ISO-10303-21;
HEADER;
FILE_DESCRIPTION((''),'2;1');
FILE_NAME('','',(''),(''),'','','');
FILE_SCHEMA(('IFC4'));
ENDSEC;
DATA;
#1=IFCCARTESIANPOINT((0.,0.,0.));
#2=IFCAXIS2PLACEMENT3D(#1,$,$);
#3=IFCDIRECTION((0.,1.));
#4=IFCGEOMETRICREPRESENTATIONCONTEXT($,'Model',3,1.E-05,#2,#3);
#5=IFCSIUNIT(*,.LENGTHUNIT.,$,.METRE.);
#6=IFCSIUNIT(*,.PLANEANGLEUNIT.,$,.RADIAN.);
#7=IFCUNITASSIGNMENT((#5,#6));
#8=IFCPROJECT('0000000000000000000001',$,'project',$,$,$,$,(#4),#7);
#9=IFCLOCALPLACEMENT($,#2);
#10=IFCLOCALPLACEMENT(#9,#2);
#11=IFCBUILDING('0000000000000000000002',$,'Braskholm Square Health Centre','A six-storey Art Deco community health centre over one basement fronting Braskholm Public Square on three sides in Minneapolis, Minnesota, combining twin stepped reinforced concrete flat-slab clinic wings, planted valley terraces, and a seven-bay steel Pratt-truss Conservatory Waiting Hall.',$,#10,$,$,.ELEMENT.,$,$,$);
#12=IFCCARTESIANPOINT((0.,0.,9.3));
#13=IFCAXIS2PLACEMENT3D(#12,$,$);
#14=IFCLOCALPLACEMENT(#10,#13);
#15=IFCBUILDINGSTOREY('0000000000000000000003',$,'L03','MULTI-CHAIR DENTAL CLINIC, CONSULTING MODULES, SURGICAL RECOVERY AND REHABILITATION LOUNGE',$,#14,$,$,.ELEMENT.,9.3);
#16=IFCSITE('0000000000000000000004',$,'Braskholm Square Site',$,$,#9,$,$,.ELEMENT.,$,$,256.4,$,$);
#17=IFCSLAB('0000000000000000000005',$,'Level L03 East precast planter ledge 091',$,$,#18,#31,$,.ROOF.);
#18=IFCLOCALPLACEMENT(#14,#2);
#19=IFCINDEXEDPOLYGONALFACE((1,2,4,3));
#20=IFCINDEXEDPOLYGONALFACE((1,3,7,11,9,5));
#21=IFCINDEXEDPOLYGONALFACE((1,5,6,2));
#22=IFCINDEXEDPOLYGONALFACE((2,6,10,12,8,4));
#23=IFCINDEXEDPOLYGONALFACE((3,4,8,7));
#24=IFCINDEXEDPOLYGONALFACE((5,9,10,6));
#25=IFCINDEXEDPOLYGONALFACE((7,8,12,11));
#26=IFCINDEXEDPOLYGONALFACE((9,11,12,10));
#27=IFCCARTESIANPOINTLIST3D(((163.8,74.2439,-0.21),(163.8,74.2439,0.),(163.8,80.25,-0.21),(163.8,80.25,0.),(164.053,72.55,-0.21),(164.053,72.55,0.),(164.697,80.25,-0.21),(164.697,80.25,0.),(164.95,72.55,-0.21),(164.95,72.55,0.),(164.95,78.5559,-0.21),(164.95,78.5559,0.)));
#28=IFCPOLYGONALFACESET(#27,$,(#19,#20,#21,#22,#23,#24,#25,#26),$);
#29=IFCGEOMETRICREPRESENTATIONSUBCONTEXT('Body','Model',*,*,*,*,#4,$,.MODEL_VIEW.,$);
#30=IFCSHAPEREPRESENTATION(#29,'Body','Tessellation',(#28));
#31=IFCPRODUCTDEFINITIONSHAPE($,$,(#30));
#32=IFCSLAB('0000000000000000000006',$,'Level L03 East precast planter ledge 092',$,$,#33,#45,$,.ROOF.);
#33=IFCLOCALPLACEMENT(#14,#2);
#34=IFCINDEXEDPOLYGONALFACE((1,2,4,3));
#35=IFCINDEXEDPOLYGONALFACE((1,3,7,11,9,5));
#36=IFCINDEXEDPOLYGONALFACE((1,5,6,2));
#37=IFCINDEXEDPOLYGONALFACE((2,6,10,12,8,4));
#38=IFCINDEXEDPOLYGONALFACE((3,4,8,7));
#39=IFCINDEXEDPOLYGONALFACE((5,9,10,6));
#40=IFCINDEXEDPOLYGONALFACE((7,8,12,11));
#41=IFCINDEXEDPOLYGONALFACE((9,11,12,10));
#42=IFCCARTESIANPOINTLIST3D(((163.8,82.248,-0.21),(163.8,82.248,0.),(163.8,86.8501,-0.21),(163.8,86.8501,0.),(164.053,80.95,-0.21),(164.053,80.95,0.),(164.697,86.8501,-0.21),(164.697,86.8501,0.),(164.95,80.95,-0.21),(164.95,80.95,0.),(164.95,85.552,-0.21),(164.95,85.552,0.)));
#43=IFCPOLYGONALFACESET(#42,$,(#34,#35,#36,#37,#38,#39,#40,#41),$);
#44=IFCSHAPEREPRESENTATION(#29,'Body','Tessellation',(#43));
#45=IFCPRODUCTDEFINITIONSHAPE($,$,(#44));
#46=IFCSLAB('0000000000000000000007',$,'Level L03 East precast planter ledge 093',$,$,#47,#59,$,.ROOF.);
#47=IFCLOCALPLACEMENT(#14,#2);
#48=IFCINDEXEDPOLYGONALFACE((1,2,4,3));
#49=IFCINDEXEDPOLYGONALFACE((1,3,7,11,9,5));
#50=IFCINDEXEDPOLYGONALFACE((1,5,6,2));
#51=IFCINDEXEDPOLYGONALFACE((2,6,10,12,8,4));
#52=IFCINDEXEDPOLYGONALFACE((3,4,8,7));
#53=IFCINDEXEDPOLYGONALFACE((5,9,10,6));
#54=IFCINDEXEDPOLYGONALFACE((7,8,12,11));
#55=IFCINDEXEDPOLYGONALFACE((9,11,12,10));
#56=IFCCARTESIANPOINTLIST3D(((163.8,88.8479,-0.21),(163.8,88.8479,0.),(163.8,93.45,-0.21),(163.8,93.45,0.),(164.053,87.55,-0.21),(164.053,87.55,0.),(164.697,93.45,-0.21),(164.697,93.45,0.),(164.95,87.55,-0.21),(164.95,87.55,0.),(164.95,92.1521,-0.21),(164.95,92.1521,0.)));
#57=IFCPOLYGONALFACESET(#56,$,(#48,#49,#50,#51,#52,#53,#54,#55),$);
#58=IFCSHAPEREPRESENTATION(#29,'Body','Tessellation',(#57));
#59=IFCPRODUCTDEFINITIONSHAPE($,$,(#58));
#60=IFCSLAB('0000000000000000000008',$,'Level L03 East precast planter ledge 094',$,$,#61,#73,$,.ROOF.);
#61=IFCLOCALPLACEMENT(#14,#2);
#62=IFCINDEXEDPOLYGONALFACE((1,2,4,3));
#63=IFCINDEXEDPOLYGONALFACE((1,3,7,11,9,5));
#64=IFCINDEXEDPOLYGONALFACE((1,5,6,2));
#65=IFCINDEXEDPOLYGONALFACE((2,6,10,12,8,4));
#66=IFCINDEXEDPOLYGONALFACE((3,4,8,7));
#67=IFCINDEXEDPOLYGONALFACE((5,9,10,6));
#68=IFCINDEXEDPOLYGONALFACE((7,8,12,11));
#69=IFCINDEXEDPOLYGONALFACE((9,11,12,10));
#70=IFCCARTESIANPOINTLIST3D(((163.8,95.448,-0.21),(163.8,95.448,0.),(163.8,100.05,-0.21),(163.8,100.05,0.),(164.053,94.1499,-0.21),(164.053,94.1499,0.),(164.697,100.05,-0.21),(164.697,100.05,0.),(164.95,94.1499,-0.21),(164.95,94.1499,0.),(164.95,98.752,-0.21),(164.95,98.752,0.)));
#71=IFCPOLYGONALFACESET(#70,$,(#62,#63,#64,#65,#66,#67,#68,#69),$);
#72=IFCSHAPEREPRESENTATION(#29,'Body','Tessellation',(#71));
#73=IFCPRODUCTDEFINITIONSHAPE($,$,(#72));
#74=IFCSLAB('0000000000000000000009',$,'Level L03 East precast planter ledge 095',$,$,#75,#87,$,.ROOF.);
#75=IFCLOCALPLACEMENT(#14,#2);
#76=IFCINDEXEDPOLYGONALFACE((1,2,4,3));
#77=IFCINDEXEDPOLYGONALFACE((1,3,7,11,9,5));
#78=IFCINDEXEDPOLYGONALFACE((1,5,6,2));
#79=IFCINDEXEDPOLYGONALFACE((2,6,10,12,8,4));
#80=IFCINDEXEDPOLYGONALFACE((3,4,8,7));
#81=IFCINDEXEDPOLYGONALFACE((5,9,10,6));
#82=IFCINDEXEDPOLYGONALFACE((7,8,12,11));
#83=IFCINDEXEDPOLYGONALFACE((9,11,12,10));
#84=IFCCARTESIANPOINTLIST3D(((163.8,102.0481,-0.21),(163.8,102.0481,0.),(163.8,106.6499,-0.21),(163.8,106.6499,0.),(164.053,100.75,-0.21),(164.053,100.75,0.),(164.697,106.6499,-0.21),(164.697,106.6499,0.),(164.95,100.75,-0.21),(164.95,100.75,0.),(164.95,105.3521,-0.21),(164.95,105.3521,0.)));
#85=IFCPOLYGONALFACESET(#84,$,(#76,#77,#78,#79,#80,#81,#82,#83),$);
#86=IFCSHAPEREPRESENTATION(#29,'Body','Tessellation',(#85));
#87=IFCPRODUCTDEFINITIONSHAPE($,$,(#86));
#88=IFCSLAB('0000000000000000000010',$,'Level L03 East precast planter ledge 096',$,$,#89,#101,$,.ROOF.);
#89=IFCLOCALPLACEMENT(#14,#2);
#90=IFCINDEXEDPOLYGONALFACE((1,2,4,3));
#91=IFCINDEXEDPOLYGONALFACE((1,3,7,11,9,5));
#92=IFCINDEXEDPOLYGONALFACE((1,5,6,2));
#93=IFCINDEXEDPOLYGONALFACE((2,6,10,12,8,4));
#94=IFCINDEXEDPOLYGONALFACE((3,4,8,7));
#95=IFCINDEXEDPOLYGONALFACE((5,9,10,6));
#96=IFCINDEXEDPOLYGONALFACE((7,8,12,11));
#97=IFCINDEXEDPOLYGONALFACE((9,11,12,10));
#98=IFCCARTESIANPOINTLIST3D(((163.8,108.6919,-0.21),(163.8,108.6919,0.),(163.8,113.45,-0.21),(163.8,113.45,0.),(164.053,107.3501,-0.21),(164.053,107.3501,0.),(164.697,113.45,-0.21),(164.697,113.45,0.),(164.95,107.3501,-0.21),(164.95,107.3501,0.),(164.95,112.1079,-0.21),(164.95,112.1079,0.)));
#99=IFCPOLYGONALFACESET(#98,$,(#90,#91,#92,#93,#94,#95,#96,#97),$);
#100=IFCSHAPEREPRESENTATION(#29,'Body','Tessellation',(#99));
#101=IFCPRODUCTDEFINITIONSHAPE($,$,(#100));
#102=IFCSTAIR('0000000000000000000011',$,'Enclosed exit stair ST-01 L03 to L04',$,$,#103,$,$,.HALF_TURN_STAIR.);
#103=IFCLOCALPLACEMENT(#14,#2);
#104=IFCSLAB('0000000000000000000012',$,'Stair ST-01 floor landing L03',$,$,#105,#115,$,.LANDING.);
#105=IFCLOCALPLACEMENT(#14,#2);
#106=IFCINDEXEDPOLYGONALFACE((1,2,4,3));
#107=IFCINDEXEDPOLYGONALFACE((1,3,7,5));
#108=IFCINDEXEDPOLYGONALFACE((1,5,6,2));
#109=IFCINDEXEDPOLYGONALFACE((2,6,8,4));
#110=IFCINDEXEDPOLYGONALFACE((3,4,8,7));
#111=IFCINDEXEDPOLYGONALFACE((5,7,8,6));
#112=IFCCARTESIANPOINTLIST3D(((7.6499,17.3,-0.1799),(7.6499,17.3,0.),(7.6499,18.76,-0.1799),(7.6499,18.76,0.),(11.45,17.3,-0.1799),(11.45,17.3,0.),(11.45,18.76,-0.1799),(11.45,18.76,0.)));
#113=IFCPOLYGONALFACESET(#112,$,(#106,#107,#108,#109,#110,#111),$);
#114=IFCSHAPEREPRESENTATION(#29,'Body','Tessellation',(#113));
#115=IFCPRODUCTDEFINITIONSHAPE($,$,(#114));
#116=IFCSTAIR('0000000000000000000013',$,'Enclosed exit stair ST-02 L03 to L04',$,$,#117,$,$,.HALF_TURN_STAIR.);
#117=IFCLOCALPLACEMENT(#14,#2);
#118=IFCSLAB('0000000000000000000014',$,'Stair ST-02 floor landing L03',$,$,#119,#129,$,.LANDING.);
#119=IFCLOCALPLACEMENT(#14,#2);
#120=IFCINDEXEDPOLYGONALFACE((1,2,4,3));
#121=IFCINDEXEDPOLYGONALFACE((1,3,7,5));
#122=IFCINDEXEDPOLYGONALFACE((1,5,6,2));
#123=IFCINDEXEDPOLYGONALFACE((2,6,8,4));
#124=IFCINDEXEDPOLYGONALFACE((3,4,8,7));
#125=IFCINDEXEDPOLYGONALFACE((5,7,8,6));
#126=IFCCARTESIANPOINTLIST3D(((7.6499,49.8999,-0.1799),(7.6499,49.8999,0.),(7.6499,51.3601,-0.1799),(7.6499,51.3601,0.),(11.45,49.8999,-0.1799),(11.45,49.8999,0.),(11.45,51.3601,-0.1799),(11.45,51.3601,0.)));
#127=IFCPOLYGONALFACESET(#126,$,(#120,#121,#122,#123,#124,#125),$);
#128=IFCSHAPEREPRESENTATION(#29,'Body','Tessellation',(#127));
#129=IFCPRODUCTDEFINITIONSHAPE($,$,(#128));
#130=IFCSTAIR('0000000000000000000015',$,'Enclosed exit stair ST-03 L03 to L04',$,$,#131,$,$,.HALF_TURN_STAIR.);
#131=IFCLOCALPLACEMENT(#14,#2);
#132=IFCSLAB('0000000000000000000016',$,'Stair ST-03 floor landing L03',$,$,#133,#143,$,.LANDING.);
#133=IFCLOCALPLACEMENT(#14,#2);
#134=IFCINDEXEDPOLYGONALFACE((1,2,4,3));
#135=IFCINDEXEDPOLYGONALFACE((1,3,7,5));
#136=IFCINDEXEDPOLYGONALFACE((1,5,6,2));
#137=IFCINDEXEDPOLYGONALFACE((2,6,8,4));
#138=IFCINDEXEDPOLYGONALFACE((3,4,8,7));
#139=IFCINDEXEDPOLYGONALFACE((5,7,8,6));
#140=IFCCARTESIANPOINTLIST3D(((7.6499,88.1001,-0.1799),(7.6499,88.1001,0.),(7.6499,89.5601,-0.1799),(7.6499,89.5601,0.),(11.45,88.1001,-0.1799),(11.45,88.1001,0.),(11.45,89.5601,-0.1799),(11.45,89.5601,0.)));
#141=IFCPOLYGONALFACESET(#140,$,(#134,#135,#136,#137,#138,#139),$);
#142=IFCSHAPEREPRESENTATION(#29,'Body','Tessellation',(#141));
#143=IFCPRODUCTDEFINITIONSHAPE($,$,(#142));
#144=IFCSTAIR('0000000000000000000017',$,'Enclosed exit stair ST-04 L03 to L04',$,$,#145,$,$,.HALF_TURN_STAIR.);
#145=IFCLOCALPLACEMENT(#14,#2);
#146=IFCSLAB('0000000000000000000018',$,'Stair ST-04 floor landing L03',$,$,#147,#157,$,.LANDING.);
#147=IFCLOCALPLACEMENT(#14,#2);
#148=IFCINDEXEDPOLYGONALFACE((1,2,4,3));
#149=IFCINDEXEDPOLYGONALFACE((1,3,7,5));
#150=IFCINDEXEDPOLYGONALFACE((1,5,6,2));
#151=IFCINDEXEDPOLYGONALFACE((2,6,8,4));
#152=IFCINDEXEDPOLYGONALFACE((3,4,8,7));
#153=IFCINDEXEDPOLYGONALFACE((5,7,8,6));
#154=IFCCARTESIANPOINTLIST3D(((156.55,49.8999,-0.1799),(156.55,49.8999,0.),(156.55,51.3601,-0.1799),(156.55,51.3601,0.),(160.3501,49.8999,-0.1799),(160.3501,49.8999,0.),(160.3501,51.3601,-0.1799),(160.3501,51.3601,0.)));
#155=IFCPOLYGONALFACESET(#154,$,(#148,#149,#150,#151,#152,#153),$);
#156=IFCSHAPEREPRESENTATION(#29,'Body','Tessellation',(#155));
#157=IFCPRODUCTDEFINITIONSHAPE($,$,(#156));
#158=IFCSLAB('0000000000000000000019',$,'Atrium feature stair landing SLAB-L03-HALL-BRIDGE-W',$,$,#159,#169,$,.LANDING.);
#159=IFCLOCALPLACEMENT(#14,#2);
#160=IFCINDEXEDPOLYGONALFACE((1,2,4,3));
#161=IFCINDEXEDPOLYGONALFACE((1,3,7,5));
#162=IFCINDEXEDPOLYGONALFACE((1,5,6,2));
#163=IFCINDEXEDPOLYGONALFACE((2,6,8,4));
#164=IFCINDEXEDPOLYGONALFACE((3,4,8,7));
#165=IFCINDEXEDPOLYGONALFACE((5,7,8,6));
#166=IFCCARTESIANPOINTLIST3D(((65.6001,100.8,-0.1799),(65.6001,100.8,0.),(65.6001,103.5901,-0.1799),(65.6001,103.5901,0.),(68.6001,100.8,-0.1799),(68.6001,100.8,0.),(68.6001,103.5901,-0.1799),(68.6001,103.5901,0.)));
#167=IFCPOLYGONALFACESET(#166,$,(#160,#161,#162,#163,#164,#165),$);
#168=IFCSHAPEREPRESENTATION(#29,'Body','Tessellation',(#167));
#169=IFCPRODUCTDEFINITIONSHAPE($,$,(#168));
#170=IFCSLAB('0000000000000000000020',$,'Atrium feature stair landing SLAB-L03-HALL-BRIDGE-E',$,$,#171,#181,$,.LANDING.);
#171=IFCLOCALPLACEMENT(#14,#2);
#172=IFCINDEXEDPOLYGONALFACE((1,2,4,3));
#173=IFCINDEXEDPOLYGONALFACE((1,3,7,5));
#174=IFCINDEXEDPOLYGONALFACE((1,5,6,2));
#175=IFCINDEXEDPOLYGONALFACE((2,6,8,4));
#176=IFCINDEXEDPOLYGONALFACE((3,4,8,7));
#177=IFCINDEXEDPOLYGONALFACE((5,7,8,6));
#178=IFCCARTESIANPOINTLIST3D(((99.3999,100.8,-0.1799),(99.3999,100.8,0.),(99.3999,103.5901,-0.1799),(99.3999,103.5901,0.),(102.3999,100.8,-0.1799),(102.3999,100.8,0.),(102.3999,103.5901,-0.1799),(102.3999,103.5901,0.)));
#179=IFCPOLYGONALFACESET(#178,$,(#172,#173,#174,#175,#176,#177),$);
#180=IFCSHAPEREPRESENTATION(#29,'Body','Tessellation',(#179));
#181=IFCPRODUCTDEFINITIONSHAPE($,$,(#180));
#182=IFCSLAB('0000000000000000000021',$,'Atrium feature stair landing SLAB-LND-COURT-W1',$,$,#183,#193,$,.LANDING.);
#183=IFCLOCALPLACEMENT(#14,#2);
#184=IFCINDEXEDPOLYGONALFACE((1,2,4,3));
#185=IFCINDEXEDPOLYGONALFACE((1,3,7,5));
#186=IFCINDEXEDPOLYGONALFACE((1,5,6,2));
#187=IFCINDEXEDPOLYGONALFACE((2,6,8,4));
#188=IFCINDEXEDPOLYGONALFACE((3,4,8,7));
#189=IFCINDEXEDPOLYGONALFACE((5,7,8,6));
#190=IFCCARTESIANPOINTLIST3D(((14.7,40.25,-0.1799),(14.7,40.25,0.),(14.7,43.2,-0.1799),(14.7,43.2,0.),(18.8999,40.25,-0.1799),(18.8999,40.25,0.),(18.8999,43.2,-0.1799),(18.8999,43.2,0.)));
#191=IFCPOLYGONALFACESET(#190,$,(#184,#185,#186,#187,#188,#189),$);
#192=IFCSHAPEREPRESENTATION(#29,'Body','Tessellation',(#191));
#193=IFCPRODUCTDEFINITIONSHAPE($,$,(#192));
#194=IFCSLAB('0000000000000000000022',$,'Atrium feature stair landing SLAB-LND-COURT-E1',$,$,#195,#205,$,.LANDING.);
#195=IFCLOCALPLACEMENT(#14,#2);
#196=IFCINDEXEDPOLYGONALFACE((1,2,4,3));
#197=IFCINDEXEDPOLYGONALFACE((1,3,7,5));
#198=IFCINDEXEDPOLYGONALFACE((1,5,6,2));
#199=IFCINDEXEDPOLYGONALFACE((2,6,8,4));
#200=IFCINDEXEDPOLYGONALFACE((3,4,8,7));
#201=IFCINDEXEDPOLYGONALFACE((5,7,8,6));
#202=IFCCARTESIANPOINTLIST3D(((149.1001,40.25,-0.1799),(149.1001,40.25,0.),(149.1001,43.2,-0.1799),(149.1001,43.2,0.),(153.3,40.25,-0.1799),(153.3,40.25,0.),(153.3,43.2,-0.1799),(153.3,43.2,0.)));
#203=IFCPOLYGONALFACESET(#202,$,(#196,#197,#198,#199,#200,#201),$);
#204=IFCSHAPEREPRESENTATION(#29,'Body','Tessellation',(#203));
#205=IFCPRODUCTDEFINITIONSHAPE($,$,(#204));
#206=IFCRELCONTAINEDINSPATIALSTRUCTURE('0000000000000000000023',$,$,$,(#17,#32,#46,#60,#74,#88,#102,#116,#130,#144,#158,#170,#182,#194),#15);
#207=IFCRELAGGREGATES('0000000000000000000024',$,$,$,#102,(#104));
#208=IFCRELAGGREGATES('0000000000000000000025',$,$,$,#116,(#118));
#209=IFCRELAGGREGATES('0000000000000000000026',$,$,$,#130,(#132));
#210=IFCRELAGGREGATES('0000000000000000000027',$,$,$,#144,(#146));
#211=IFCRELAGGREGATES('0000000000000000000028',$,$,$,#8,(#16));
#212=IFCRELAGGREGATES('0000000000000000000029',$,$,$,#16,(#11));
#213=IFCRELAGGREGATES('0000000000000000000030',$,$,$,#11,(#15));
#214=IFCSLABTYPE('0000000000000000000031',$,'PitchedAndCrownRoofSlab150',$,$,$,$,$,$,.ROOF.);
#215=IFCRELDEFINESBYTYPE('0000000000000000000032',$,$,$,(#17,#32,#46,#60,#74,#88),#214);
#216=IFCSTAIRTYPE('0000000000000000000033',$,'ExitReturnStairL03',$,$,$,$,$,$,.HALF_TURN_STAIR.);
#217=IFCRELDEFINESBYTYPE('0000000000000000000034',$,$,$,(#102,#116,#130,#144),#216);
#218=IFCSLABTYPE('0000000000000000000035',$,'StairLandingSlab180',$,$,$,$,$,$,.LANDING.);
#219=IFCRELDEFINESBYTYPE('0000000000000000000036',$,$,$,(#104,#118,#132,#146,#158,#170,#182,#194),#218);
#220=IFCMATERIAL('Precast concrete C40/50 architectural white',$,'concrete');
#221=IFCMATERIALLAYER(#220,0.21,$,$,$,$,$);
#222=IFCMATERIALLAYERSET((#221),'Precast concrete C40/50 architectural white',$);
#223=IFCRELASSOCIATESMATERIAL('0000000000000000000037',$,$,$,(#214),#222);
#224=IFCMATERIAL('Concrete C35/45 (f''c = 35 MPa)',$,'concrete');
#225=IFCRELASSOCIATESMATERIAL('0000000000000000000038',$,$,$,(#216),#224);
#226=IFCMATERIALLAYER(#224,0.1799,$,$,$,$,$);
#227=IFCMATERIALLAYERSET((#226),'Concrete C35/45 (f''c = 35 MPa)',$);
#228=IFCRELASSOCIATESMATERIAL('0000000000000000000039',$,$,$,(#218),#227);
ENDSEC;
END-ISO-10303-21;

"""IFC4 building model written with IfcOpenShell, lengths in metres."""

from ifc_helpers import new_model, si_unit, direction, frame, origin, place, context, subcontext, project, spatial, polyline, outline, extrude, material, layer, layer_set, type_object, element, aggregate, save


model = new_model("IFC4")

# Units and contexts
model_context = context("Model", 3, precision=1e-05, world=origin(), true_north=direction((0.0, 1.0)))
body_context = subcontext(model_context, "Body", "Model", "MODEL_VIEW")
ifc_project = project(units=[si_unit("LENGTHUNIT", "METRE"), si_unit("PLANEANGLEUNIT", "RADIAN")], contexts=[model_context])

# Site, building, storey
site_placement = place(None, origin())
site = spatial("IfcSite", under=ifc_project, at=site_placement, Name="Braskholm Square Site", CompositionType="ELEMENT", RefElevation=256.4)
building_placement = place(site_placement, origin())
building = spatial("IfcBuilding", under=site, at=building_placement, Name="Braskholm Square Health Centre", Description="A six-storey Art Deco community health centre over one basement fronting Braskholm Public Square on three sides in Minneapolis, Minnesota, combining twin stepped reinforced concrete flat-slab clinic wings, planted valley terraces, and a seven-bay steel Pratt-truss Conservatory Waiting Hall.", CompositionType="ELEMENT")
storey_placement = place(building_placement, frame((0.0, 0.0, 9.3)))
storey = spatial("IfcBuildingStorey", under=building, at=storey_placement, Name="L03", Description="MULTI-CHAIR DENTAL CLINIC, CONSULTING MODULES, SURGICAL RECOVERY AND REHABILITATION LOUNGE", CompositionType="ELEMENT", Elevation=9.3)

# Slabs
ifc_material_1 = material(Name="Precast concrete C40/50 architectural white", Category="concrete")
ifc_layer_1 = layer(ifc_material_1, 0.21)
ifc_layer_set_1 = layer_set([ifc_layer_1], Name="Precast concrete C40/50 architectural white")
slab_type_1 = type_object("IfcSlabType", Name="PitchedAndCrownRoofSlab150", PredefinedType="ROOF", material=ifc_layer_set_1)
slab_1_placement = place(storey_placement, frame((0.0, 0.0, -0.21)))
element("IfcSlab", 1, at=slab_1_placement, inside=storey, type_object=slab_type_1, Name="Level L03 East precast planter ledge 091", PredefinedType="ROOF", context=body_context, shape_type="SweptSolid", body=[
    extrude(outline(polyline([(164.053, 72.55), (164.95, 72.55), (164.95, 78.5559), (164.697, 80.25), (163.8, 80.25), (163.8, 74.2439), (164.053, 72.55)])), origin(), (0.0, 0.0, 1.0), 0.21),
])
slab_2_placement = place(storey_placement, frame((0.0, 0.0, -0.21)))
element("IfcSlab", 2, at=slab_2_placement, inside=storey, type_object=slab_type_1, Name="Level L03 East precast planter ledge 092", PredefinedType="ROOF", context=body_context, shape_type="SweptSolid", body=[
    extrude(outline(polyline([(164.053, 80.95), (164.95, 80.95), (164.95, 85.552), (164.697, 86.8501), (163.8, 86.8501), (163.8, 82.248), (164.053, 80.95)])), origin(), (0.0, 0.0, 1.0), 0.21),
])
slab_3_placement = place(storey_placement, frame((0.0, 0.0, -0.21)))
element("IfcSlab", 3, at=slab_3_placement, inside=storey, type_object=slab_type_1, Name="Level L03 East precast planter ledge 093", PredefinedType="ROOF", context=body_context, shape_type="SweptSolid", body=[
    extrude(outline(polyline([(164.053, 87.55), (164.95, 87.55), (164.95, 92.1521), (164.697, 93.45), (163.8, 93.45), (163.8, 88.8479), (164.053, 87.55)])), origin(), (0.0, 0.0, 1.0), 0.21),
])
slab_4_placement = place(storey_placement, frame((0.0, 0.0, -0.21)))
element("IfcSlab", 4, at=slab_4_placement, inside=storey, type_object=slab_type_1, Name="Level L03 East precast planter ledge 094", PredefinedType="ROOF", context=body_context, shape_type="SweptSolid", body=[
    extrude(outline(polyline([(164.053, 94.1499), (164.95, 94.1499), (164.95, 98.752), (164.697, 100.05), (163.8, 100.05), (163.8, 95.448), (164.053, 94.1499)])), origin(), (0.0, 0.0, 1.0), 0.21),
])
slab_5_placement = place(storey_placement, frame((0.0, 0.0, -0.21)))
element("IfcSlab", 5, at=slab_5_placement, inside=storey, type_object=slab_type_1, Name="Level L03 East precast planter ledge 095", PredefinedType="ROOF", context=body_context, shape_type="SweptSolid", body=[
    extrude(outline(polyline([(164.053, 100.75), (164.95, 100.75), (164.95, 105.3521), (164.697, 106.6499), (163.8, 106.6499), (163.8, 102.0481), (164.053, 100.75)])), origin(), (0.0, 0.0, 1.0), 0.21),
])
slab_6_placement = place(storey_placement, frame((0.0, 0.0, -0.21)))
element("IfcSlab", 6, at=slab_6_placement, inside=storey, type_object=slab_type_1, Name="Level L03 East precast planter ledge 096", PredefinedType="ROOF", context=body_context, shape_type="SweptSolid", body=[
    extrude(outline(polyline([(164.053, 107.3501), (164.95, 107.3501), (164.95, 112.1079), (164.697, 113.45), (163.8, 113.45), (163.8, 108.6919), (164.053, 107.3501)])), origin(), (0.0, 0.0, 1.0), 0.21),
])

# Stairs, slabs
ifc_material_2 = material(Name="Concrete C35/45 (f'c = 35 MPa)", Category="concrete")
stair_type = type_object("IfcStairType", Name="ExitReturnStairL03", PredefinedType="HALF_TURN_STAIR", material=ifc_material_2)
stair_1_placement = place(storey_placement, origin())
stair_1 = element("IfcStair", 7, at=stair_1_placement, inside=storey, type_object=stair_type, Name="Enclosed exit stair ST-01 L03 to L04", PredefinedType="HALF_TURN_STAIR")
ifc_layer_2 = layer(ifc_material_2, 0.1799)
ifc_layer_set_2 = layer_set([ifc_layer_2], Name="Concrete C35/45 (f'c = 35 MPa)")
slab_type_2 = type_object("IfcSlabType", Name="StairLandingSlab180", PredefinedType="LANDING", material=ifc_layer_set_2)
slab_7_placement = place(storey_placement, frame((0.0, 0.0, -0.1799)))
slab_7 = element("IfcSlab", 8, at=slab_7_placement, type_object=slab_type_2, Name="Stair ST-01 floor landing L03", PredefinedType="LANDING", context=body_context, shape_type="SweptSolid", body=[
    extrude(outline(polyline([(7.6499, 17.3), (11.45, 17.3), (11.45, 18.76), (7.6499, 18.76), (7.6499, 17.3)])), origin(), (0.0, 0.0, 1.0), 0.1799),
])
aggregate(stair_1, [slab_7])
stair_2_placement = place(storey_placement, origin())
stair_2 = element("IfcStair", 9, at=stair_2_placement, inside=storey, type_object=stair_type, Name="Enclosed exit stair ST-02 L03 to L04", PredefinedType="HALF_TURN_STAIR")
slab_8_placement = place(storey_placement, frame((0.0, 0.0, -0.1799)))
slab_8 = element("IfcSlab", 10, at=slab_8_placement, type_object=slab_type_2, Name="Stair ST-02 floor landing L03", PredefinedType="LANDING", context=body_context, shape_type="SweptSolid", body=[
    extrude(outline(polyline([(7.6499, 49.8999), (11.45, 49.8999), (11.45, 51.3601), (7.6499, 51.3601), (7.6499, 49.8999)])), origin(), (0.0, 0.0, 1.0), 0.1799),
])
aggregate(stair_2, [slab_8])
stair_3_placement = place(storey_placement, origin())
stair_3 = element("IfcStair", 11, at=stair_3_placement, inside=storey, type_object=stair_type, Name="Enclosed exit stair ST-03 L03 to L04", PredefinedType="HALF_TURN_STAIR")
slab_9_placement = place(storey_placement, frame((0.0, 0.0, -0.1799)))
slab_9 = element("IfcSlab", 12, at=slab_9_placement, type_object=slab_type_2, Name="Stair ST-03 floor landing L03", PredefinedType="LANDING", context=body_context, shape_type="SweptSolid", body=[
    extrude(outline(polyline([(7.6499, 88.1001), (11.45, 88.1001), (11.45, 89.5601), (7.6499, 89.5601), (7.6499, 88.1001)])), origin(), (0.0, 0.0, 1.0), 0.1799),
])
aggregate(stair_3, [slab_9])
stair_4_placement = place(storey_placement, origin())
stair_4 = element("IfcStair", 13, at=stair_4_placement, inside=storey, type_object=stair_type, Name="Enclosed exit stair ST-04 L03 to L04", PredefinedType="HALF_TURN_STAIR")
slab_10_placement = place(storey_placement, frame((0.0, 0.0, -0.1799)))
slab_10 = element("IfcSlab", 14, at=slab_10_placement, type_object=slab_type_2, Name="Stair ST-04 floor landing L03", PredefinedType="LANDING", context=body_context, shape_type="SweptSolid", body=[
    extrude(outline(polyline([(156.55, 49.8999), (160.3501, 49.8999), (160.3501, 51.3601), (156.55, 51.3601), (156.55, 49.8999)])), origin(), (0.0, 0.0, 1.0), 0.1799),
])
aggregate(stair_4, [slab_10])

# Slabs
slab_11_placement = place(storey_placement, frame((0.0, 0.0, -0.1799)))
element("IfcSlab", 15, at=slab_11_placement, inside=storey, type_object=slab_type_2, Name="Atrium feature stair landing SLAB-L03-HALL-BRIDGE-W", PredefinedType="LANDING", context=body_context, shape_type="SweptSolid", body=[
    extrude(outline(polyline([(65.6001, 100.8), (68.6001, 100.8), (68.6001, 103.5901), (65.6001, 103.5901), (65.6001, 100.8)])), origin(), (0.0, 0.0, 1.0), 0.1799),
])
slab_12_placement = place(storey_placement, frame((0.0, 0.0, -0.1799)))
element("IfcSlab", 16, at=slab_12_placement, inside=storey, type_object=slab_type_2, Name="Atrium feature stair landing SLAB-L03-HALL-BRIDGE-E", PredefinedType="LANDING", context=body_context, shape_type="SweptSolid", body=[
    extrude(outline(polyline([(99.3999, 100.8), (102.3999, 100.8), (102.3999, 103.5901), (99.3999, 103.5901), (99.3999, 100.8)])), origin(), (0.0, 0.0, 1.0), 0.1799),
])
slab_13_placement = place(storey_placement, frame((0.0, 0.0, -0.1799)))
element("IfcSlab", 17, at=slab_13_placement, inside=storey, type_object=slab_type_2, Name="Atrium feature stair landing SLAB-LND-COURT-W1", PredefinedType="LANDING", context=body_context, shape_type="SweptSolid", body=[
    extrude(outline(polyline([(14.7, 40.25), (18.8999, 40.25), (18.8999, 43.2), (14.7, 43.2), (14.7, 40.25)])), origin(), (0.0, 0.0, 1.0), 0.1799),
])
slab_14_placement = place(storey_placement, frame((0.0, 0.0, -0.1799)))
element("IfcSlab", 18, at=slab_14_placement, inside=storey, type_object=slab_type_2, Name="Atrium feature stair landing SLAB-LND-COURT-E1", PredefinedType="LANDING", context=body_context, shape_type="SweptSolid", body=[
    extrude(outline(polyline([(149.1001, 40.25), (153.3, 40.25), (153.3, 43.2), (149.1001, 43.2), (149.1001, 40.25)])), origin(), (0.0, 0.0, 1.0), 0.1799),
])

save(model, "model.ifc")
